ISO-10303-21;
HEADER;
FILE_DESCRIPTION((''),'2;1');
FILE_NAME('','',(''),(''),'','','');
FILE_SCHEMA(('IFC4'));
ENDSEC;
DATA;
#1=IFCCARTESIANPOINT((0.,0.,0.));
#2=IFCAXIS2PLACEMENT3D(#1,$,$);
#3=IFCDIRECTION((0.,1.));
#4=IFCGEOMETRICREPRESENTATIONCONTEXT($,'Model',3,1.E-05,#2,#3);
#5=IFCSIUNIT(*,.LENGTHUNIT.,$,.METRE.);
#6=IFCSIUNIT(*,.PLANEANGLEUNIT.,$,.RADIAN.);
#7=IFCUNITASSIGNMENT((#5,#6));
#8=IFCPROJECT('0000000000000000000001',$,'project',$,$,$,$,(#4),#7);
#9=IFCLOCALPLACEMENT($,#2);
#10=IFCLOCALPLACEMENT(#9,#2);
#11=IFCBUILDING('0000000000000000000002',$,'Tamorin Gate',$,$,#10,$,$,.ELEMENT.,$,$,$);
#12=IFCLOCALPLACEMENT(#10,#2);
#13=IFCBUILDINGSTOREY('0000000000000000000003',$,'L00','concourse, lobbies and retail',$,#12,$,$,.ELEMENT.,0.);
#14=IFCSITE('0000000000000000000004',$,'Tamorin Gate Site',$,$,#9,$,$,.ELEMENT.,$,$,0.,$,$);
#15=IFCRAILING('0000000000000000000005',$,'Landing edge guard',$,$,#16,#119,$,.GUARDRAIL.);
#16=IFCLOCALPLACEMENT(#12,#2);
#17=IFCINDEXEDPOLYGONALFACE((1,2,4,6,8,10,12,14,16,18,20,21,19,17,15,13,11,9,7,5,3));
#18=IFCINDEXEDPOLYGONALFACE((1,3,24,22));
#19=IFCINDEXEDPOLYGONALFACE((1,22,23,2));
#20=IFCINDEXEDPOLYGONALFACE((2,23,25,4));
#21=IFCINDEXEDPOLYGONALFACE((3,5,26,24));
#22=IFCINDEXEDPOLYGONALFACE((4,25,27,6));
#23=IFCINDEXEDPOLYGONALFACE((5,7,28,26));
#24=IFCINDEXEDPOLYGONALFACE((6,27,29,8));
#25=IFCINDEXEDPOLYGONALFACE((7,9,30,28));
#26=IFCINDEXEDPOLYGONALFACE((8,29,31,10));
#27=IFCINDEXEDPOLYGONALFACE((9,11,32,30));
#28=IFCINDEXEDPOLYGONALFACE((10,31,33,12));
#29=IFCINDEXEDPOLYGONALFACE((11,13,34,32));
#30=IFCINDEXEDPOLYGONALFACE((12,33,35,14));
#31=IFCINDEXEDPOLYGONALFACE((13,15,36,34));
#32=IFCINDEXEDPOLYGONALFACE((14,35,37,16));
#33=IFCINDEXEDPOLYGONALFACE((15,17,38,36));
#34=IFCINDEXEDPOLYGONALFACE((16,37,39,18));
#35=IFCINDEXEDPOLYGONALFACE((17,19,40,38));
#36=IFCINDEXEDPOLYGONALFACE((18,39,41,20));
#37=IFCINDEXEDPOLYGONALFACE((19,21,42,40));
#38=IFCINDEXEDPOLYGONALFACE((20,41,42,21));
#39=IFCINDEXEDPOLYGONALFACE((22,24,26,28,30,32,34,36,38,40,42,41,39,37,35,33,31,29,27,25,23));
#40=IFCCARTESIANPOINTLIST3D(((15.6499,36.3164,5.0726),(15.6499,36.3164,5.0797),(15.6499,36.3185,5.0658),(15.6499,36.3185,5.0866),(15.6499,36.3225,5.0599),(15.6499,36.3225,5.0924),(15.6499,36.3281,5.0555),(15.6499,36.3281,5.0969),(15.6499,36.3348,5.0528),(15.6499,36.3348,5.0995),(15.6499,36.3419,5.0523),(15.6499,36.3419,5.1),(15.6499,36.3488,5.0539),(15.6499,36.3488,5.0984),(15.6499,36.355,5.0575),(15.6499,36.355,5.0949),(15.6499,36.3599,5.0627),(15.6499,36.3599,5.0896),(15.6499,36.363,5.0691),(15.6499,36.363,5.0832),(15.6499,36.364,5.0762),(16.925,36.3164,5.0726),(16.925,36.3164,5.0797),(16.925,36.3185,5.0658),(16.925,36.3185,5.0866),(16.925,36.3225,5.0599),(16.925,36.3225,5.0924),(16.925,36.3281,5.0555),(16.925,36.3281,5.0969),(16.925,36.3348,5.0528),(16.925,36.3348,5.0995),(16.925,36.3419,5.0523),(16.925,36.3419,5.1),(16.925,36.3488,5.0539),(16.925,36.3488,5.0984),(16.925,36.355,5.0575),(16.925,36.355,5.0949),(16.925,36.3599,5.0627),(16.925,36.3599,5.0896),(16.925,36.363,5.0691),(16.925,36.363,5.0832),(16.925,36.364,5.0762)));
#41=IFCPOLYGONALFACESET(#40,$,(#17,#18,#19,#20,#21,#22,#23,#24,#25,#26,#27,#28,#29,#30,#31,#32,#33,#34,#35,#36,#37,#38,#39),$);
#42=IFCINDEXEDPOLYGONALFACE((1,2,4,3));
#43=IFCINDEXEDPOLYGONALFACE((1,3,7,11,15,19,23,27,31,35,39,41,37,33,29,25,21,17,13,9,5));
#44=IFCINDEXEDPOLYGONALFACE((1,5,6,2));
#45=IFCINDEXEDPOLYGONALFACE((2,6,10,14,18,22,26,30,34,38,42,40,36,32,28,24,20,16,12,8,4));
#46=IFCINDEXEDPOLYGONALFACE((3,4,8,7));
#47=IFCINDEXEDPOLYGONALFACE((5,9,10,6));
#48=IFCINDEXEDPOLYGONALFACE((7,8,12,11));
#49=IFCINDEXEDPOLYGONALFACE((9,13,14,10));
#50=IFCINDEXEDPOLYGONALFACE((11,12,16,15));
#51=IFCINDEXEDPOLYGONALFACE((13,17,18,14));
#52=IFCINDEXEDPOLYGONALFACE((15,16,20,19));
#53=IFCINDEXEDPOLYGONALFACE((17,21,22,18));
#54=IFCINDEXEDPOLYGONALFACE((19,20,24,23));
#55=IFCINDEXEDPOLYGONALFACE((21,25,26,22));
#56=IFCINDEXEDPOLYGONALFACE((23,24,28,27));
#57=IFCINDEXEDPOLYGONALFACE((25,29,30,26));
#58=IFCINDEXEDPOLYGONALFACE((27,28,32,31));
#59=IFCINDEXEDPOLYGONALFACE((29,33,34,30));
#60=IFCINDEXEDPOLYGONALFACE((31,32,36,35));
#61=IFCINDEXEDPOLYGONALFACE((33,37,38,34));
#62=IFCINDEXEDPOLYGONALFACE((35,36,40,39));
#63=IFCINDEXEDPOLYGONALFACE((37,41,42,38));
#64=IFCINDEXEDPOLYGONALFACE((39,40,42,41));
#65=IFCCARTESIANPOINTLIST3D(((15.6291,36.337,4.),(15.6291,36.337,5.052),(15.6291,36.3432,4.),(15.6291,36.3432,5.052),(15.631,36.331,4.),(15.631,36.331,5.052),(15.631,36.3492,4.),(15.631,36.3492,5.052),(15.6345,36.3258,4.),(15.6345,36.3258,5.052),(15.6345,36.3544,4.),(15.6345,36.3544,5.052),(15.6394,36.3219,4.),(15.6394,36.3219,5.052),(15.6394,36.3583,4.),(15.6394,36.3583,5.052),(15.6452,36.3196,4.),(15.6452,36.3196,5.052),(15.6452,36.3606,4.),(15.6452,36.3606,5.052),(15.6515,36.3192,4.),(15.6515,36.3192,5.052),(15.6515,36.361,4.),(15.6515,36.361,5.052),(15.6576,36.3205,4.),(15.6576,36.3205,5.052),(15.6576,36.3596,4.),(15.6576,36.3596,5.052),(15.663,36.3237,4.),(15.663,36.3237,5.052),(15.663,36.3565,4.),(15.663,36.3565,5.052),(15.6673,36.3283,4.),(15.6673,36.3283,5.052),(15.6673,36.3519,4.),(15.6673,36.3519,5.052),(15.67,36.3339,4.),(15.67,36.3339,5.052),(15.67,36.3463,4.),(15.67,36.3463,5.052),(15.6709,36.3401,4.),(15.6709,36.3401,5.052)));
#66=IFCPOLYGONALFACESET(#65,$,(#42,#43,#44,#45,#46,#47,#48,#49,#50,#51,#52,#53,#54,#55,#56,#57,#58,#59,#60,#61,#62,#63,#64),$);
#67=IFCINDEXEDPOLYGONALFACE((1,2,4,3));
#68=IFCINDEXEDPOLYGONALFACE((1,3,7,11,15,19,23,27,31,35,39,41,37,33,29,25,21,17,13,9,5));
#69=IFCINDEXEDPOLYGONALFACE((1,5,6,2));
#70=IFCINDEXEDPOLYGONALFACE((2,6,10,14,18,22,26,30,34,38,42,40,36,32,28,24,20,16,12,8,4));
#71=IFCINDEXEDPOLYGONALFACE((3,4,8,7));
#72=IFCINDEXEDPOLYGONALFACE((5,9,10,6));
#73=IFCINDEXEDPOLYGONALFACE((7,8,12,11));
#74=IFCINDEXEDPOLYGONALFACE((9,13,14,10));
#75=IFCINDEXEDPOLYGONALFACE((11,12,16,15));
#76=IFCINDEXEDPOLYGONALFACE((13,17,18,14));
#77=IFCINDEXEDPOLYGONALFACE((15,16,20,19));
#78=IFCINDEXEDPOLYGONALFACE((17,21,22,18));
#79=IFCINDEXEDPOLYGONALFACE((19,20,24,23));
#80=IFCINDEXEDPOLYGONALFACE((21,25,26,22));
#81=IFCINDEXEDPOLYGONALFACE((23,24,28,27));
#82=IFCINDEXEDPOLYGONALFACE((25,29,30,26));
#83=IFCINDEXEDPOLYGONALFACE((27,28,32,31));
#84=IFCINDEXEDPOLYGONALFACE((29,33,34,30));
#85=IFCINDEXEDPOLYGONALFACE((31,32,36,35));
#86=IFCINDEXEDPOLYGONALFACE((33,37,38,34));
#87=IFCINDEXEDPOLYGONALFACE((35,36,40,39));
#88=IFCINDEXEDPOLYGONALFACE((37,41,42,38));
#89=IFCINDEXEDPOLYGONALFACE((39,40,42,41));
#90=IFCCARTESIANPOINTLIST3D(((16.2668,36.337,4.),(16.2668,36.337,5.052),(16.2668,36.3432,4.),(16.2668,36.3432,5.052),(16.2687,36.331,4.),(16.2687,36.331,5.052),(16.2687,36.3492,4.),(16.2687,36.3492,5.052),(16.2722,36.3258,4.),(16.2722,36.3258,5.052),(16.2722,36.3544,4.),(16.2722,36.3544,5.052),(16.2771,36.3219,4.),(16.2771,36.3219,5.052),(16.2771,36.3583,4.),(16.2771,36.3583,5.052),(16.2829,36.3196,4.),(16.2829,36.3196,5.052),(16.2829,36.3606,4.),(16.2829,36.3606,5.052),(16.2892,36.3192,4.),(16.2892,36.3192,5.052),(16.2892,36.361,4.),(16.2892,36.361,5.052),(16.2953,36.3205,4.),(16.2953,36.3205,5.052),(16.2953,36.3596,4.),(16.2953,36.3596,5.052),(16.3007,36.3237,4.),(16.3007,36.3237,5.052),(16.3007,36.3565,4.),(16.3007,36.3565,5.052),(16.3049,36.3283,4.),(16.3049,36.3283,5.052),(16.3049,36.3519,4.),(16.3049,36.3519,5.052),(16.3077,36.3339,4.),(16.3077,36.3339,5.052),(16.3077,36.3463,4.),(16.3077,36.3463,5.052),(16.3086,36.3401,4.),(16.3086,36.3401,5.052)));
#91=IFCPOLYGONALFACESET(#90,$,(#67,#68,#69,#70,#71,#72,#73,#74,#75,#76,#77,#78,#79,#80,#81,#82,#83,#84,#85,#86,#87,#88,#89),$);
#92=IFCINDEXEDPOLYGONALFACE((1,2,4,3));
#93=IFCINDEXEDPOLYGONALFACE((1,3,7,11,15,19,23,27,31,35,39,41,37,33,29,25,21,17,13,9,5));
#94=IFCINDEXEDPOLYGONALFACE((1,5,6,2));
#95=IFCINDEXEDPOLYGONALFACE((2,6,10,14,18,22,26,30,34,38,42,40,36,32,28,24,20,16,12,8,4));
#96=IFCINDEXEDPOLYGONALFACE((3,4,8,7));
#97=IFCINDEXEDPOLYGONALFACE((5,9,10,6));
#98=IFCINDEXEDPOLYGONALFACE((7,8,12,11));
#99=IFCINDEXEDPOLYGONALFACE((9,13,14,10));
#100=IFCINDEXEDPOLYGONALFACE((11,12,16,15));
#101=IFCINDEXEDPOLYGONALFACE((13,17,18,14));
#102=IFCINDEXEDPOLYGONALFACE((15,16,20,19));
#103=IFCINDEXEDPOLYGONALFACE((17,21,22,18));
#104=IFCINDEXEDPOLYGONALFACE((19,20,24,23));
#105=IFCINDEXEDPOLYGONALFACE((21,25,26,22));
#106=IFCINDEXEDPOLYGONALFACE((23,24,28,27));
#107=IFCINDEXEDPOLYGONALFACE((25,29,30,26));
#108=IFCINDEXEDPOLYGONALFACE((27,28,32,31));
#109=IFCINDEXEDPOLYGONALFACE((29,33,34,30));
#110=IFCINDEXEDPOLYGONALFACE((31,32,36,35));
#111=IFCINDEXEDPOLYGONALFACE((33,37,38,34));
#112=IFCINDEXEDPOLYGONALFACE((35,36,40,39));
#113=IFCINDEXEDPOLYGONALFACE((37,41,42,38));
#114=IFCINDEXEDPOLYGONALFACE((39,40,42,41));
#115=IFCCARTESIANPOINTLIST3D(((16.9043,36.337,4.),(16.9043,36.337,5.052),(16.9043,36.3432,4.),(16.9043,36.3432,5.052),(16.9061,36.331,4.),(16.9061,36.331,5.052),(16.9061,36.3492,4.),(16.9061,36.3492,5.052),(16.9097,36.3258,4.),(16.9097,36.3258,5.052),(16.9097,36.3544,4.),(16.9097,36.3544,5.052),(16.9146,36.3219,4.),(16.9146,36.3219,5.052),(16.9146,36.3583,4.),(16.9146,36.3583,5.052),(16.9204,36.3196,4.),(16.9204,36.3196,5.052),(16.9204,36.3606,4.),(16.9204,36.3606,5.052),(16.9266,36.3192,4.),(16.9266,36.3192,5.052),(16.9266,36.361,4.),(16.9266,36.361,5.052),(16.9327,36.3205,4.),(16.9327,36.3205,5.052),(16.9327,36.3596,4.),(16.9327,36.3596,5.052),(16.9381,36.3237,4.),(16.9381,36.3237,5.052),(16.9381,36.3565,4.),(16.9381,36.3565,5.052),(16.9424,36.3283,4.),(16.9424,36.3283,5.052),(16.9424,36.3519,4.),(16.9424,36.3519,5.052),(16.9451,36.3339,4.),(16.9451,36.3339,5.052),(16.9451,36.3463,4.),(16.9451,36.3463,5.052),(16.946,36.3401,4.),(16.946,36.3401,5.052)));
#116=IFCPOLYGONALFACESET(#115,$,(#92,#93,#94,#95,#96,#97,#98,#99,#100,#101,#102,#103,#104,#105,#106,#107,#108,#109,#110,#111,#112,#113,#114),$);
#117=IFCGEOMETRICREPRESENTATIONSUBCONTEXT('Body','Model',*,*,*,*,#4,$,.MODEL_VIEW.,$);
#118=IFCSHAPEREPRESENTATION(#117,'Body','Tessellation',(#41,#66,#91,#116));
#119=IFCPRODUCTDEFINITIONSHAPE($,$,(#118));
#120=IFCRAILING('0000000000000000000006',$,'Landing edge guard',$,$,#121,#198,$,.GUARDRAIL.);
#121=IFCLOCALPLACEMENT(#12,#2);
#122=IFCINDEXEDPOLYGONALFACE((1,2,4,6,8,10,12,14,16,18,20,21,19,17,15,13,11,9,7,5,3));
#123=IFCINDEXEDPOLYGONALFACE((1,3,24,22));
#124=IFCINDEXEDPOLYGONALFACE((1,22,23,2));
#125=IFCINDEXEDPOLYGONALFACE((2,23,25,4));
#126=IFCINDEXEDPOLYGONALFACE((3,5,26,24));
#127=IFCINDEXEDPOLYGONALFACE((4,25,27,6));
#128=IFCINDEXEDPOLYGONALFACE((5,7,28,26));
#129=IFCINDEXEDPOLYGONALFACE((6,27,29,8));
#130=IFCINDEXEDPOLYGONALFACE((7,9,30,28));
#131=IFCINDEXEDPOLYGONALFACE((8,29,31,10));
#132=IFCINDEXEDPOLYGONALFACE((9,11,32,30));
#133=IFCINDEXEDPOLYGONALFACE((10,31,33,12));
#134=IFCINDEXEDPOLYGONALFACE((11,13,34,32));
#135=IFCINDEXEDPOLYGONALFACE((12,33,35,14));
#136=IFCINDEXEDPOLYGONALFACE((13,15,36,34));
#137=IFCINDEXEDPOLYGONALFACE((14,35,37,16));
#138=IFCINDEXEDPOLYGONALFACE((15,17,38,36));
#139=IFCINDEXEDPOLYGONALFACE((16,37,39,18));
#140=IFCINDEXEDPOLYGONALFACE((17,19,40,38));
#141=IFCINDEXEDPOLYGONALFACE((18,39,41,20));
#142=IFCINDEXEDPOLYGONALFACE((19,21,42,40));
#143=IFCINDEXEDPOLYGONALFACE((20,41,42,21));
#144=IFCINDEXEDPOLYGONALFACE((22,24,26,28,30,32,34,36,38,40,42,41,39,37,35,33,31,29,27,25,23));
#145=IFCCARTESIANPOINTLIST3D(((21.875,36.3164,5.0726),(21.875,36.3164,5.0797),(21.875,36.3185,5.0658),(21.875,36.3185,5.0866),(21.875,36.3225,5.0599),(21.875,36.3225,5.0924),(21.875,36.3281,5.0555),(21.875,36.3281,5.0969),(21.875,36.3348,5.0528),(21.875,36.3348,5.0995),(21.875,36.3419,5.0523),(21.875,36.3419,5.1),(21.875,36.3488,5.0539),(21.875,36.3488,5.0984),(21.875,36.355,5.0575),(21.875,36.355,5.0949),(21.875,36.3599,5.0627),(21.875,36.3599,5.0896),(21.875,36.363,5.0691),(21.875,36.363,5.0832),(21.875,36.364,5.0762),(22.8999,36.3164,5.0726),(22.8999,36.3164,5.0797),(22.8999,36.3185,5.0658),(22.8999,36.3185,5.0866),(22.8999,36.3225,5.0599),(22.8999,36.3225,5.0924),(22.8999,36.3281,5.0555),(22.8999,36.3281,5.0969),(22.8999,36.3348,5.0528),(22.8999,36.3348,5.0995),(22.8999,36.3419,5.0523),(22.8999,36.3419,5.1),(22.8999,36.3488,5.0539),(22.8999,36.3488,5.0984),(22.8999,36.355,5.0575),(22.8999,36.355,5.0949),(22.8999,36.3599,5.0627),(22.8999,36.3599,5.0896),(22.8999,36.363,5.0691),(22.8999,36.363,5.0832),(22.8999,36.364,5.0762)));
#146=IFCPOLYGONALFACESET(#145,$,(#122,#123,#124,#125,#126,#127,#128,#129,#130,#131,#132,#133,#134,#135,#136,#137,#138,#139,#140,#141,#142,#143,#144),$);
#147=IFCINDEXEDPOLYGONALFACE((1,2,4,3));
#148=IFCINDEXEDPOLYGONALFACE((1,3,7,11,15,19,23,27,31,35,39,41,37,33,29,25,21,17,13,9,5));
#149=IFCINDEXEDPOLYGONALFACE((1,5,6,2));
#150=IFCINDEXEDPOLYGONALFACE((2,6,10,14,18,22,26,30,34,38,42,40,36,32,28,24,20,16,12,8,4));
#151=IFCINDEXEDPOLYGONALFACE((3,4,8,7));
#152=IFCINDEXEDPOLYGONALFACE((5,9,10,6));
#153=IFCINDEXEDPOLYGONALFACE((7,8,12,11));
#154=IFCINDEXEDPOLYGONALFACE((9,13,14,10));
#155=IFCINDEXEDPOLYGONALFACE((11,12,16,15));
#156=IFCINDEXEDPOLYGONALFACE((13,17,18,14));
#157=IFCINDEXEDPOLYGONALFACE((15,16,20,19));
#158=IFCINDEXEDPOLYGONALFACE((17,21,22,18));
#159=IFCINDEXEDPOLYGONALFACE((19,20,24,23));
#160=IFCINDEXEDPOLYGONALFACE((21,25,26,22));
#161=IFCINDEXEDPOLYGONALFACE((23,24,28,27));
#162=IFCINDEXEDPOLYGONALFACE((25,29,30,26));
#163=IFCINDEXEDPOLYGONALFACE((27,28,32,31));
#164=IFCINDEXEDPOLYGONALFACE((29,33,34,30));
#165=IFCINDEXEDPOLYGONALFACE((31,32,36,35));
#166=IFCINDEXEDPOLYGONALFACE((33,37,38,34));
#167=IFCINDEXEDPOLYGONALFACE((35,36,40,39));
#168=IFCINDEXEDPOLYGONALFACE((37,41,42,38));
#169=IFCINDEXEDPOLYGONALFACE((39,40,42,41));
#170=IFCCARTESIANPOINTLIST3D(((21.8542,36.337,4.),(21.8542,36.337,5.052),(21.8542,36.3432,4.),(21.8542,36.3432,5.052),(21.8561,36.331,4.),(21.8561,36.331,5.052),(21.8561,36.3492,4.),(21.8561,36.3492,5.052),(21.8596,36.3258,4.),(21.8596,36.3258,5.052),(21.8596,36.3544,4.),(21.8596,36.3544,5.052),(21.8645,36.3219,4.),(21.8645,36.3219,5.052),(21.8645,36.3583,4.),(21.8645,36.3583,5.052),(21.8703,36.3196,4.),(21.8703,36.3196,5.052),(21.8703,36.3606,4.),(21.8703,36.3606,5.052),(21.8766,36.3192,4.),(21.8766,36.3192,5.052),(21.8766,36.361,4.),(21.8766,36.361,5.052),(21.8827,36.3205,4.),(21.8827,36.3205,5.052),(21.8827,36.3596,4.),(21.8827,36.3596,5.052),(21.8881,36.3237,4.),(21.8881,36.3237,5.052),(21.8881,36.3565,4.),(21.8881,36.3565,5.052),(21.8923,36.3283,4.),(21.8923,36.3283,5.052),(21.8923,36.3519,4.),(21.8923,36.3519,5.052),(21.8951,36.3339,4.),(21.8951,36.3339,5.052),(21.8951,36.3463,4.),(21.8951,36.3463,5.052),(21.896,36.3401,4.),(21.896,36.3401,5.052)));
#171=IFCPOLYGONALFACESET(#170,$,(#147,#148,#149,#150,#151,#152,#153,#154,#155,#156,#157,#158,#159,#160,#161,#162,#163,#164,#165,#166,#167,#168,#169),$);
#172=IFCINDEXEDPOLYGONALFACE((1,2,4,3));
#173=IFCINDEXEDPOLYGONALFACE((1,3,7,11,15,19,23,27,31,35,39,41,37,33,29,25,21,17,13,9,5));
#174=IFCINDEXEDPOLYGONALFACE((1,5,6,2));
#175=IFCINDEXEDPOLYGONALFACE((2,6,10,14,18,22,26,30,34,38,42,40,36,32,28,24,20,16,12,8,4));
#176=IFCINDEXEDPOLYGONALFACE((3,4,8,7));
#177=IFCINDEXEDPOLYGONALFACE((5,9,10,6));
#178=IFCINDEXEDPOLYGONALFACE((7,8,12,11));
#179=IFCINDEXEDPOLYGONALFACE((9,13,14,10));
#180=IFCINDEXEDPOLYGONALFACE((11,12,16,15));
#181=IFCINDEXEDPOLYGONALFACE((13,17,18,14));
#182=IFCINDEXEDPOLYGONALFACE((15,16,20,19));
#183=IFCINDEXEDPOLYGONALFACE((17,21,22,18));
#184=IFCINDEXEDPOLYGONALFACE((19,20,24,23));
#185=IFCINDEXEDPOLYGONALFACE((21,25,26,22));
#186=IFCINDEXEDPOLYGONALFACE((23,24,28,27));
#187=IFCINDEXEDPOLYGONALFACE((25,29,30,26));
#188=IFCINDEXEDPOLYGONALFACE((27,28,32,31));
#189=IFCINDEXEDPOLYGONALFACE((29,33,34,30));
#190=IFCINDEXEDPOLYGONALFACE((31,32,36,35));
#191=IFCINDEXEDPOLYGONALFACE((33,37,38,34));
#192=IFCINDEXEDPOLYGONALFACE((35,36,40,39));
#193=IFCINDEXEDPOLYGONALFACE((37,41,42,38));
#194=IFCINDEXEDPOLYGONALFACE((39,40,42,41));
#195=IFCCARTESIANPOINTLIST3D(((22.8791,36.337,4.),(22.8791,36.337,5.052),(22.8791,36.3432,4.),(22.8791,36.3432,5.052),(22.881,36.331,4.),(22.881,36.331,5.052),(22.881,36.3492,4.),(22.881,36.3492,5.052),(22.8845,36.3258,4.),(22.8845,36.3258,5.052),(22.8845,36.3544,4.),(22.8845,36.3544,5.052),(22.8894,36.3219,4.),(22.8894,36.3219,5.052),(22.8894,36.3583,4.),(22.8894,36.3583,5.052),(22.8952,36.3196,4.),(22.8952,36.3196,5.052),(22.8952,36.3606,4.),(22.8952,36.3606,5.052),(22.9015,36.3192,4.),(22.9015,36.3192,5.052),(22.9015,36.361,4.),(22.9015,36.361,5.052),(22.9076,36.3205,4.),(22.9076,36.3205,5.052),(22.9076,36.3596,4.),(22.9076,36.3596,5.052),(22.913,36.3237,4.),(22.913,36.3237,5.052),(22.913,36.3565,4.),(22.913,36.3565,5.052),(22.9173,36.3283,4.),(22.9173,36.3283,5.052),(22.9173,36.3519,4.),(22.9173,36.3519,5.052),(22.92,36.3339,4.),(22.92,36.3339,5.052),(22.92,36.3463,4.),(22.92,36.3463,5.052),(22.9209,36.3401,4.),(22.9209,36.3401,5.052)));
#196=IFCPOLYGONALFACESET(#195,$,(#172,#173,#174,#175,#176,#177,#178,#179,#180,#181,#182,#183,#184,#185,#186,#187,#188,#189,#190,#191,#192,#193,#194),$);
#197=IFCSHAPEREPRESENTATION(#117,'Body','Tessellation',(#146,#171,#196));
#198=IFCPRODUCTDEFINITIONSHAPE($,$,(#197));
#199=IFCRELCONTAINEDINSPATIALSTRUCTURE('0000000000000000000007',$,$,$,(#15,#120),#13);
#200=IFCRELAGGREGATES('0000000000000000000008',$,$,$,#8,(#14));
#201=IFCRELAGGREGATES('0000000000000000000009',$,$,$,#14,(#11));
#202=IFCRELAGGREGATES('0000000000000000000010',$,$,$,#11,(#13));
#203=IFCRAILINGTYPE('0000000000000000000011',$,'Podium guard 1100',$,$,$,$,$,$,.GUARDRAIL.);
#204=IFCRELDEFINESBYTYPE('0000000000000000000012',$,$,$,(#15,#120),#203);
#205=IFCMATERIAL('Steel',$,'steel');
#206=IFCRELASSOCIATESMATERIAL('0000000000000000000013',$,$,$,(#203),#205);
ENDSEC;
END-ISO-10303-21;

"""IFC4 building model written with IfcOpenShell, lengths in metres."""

from ifc_helpers import new_model, si_unit, direction, frame, origin, origin_2d, place, context, subcontext, project, spatial, circle, extrude, material, type_object, element, save


model = new_model("IFC4")

# Units and contexts
model_context = context("Model", 3, precision=1e-05, world=origin(), true_north=direction((0.0, 1.0)))
body_context = subcontext(model_context, "Body", "Model", "MODEL_VIEW")
ifc_project = project(units=[si_unit("LENGTHUNIT", "METRE"), si_unit("PLANEANGLEUNIT", "RADIAN")], contexts=[model_context])

# Site, building, storey
site_placement = place(None, origin())
site = spatial("IfcSite", under=ifc_project, at=site_placement, Name="Tamorin Gate Site", CompositionType="ELEMENT", RefElevation=0.0)
building_placement = place(site_placement, origin())
building = spatial("IfcBuilding", under=site, at=building_placement, Name="Tamorin Gate", CompositionType="ELEMENT")
storey_placement = place(building_placement, origin())
storey = spatial("IfcBuildingStorey", under=building, at=storey_placement, Name="L00", Description="concourse, lobbies and retail", CompositionType="ELEMENT", Elevation=0.0)

# Railings
ifc_material_1 = material(Name="Steel", Category="steel")
railing_type_1 = type_object("IfcRailingType", Name="Podium guard 1100", PredefinedType="GUARDRAIL", material=ifc_material_1)
railing_1_placement = place(storey_placement, frame((15.6499, 36.3401, 4.0)))
element("IfcRailing", 1, at=railing_1_placement, inside=storey, type_object=railing_type_1, Name="Landing edge guard", PredefinedType="GUARDRAIL", context=body_context, shape_type="SweptSolid", body=[
    extrude(circle(Radius=0.0239, at=origin_2d()), frame((0.0, 0.0, 1.0762), z_axis=(1.0, 0.0, 0.0), x_axis=(0.0, 1.0, 0.0)), (0.0, 0.0, 1.0), 1.2751),
    extrude(circle(Radius=0.021, at=origin_2d()), origin(), (0.0, 0.0, 1.0), 1.052),
    extrude(circle(Radius=0.021, at=origin_2d()), frame((0.6377, 0.0, 0.0)), (0.0, 0.0, 1.0), 1.052),
    extrude(circle(Radius=0.021, at=origin_2d()), frame((1.2751, 0.0, 0.0)), (0.0, 0.0, 1.0), 1.052),
])
railing_2_placement = place(storey_placement, frame((21.875, 36.3401, 4.0)))
element("IfcRailing", 2, at=railing_2_placement, inside=storey, type_object=railing_type_1, Name="Landing edge guard", PredefinedType="GUARDRAIL", context=body_context, shape_type="SweptSolid", body=[
    extrude(circle(Radius=0.0239, at=origin_2d()), frame((0.0, 0.0, 1.0762), z_axis=(1.0, 0.0, 0.0), x_axis=(0.0, 1.0, 0.0)), (0.0, 0.0, 1.0), 1.0249),
    extrude(circle(Radius=0.021, at=origin_2d()), origin(), (0.0, 0.0, 1.0), 1.052),
    extrude(circle(Radius=0.021, at=origin_2d()), frame((1.0249, 0.0, 0.0)), (0.0, 0.0, 1.0), 1.052),
])

save(model, "model.ifc")
